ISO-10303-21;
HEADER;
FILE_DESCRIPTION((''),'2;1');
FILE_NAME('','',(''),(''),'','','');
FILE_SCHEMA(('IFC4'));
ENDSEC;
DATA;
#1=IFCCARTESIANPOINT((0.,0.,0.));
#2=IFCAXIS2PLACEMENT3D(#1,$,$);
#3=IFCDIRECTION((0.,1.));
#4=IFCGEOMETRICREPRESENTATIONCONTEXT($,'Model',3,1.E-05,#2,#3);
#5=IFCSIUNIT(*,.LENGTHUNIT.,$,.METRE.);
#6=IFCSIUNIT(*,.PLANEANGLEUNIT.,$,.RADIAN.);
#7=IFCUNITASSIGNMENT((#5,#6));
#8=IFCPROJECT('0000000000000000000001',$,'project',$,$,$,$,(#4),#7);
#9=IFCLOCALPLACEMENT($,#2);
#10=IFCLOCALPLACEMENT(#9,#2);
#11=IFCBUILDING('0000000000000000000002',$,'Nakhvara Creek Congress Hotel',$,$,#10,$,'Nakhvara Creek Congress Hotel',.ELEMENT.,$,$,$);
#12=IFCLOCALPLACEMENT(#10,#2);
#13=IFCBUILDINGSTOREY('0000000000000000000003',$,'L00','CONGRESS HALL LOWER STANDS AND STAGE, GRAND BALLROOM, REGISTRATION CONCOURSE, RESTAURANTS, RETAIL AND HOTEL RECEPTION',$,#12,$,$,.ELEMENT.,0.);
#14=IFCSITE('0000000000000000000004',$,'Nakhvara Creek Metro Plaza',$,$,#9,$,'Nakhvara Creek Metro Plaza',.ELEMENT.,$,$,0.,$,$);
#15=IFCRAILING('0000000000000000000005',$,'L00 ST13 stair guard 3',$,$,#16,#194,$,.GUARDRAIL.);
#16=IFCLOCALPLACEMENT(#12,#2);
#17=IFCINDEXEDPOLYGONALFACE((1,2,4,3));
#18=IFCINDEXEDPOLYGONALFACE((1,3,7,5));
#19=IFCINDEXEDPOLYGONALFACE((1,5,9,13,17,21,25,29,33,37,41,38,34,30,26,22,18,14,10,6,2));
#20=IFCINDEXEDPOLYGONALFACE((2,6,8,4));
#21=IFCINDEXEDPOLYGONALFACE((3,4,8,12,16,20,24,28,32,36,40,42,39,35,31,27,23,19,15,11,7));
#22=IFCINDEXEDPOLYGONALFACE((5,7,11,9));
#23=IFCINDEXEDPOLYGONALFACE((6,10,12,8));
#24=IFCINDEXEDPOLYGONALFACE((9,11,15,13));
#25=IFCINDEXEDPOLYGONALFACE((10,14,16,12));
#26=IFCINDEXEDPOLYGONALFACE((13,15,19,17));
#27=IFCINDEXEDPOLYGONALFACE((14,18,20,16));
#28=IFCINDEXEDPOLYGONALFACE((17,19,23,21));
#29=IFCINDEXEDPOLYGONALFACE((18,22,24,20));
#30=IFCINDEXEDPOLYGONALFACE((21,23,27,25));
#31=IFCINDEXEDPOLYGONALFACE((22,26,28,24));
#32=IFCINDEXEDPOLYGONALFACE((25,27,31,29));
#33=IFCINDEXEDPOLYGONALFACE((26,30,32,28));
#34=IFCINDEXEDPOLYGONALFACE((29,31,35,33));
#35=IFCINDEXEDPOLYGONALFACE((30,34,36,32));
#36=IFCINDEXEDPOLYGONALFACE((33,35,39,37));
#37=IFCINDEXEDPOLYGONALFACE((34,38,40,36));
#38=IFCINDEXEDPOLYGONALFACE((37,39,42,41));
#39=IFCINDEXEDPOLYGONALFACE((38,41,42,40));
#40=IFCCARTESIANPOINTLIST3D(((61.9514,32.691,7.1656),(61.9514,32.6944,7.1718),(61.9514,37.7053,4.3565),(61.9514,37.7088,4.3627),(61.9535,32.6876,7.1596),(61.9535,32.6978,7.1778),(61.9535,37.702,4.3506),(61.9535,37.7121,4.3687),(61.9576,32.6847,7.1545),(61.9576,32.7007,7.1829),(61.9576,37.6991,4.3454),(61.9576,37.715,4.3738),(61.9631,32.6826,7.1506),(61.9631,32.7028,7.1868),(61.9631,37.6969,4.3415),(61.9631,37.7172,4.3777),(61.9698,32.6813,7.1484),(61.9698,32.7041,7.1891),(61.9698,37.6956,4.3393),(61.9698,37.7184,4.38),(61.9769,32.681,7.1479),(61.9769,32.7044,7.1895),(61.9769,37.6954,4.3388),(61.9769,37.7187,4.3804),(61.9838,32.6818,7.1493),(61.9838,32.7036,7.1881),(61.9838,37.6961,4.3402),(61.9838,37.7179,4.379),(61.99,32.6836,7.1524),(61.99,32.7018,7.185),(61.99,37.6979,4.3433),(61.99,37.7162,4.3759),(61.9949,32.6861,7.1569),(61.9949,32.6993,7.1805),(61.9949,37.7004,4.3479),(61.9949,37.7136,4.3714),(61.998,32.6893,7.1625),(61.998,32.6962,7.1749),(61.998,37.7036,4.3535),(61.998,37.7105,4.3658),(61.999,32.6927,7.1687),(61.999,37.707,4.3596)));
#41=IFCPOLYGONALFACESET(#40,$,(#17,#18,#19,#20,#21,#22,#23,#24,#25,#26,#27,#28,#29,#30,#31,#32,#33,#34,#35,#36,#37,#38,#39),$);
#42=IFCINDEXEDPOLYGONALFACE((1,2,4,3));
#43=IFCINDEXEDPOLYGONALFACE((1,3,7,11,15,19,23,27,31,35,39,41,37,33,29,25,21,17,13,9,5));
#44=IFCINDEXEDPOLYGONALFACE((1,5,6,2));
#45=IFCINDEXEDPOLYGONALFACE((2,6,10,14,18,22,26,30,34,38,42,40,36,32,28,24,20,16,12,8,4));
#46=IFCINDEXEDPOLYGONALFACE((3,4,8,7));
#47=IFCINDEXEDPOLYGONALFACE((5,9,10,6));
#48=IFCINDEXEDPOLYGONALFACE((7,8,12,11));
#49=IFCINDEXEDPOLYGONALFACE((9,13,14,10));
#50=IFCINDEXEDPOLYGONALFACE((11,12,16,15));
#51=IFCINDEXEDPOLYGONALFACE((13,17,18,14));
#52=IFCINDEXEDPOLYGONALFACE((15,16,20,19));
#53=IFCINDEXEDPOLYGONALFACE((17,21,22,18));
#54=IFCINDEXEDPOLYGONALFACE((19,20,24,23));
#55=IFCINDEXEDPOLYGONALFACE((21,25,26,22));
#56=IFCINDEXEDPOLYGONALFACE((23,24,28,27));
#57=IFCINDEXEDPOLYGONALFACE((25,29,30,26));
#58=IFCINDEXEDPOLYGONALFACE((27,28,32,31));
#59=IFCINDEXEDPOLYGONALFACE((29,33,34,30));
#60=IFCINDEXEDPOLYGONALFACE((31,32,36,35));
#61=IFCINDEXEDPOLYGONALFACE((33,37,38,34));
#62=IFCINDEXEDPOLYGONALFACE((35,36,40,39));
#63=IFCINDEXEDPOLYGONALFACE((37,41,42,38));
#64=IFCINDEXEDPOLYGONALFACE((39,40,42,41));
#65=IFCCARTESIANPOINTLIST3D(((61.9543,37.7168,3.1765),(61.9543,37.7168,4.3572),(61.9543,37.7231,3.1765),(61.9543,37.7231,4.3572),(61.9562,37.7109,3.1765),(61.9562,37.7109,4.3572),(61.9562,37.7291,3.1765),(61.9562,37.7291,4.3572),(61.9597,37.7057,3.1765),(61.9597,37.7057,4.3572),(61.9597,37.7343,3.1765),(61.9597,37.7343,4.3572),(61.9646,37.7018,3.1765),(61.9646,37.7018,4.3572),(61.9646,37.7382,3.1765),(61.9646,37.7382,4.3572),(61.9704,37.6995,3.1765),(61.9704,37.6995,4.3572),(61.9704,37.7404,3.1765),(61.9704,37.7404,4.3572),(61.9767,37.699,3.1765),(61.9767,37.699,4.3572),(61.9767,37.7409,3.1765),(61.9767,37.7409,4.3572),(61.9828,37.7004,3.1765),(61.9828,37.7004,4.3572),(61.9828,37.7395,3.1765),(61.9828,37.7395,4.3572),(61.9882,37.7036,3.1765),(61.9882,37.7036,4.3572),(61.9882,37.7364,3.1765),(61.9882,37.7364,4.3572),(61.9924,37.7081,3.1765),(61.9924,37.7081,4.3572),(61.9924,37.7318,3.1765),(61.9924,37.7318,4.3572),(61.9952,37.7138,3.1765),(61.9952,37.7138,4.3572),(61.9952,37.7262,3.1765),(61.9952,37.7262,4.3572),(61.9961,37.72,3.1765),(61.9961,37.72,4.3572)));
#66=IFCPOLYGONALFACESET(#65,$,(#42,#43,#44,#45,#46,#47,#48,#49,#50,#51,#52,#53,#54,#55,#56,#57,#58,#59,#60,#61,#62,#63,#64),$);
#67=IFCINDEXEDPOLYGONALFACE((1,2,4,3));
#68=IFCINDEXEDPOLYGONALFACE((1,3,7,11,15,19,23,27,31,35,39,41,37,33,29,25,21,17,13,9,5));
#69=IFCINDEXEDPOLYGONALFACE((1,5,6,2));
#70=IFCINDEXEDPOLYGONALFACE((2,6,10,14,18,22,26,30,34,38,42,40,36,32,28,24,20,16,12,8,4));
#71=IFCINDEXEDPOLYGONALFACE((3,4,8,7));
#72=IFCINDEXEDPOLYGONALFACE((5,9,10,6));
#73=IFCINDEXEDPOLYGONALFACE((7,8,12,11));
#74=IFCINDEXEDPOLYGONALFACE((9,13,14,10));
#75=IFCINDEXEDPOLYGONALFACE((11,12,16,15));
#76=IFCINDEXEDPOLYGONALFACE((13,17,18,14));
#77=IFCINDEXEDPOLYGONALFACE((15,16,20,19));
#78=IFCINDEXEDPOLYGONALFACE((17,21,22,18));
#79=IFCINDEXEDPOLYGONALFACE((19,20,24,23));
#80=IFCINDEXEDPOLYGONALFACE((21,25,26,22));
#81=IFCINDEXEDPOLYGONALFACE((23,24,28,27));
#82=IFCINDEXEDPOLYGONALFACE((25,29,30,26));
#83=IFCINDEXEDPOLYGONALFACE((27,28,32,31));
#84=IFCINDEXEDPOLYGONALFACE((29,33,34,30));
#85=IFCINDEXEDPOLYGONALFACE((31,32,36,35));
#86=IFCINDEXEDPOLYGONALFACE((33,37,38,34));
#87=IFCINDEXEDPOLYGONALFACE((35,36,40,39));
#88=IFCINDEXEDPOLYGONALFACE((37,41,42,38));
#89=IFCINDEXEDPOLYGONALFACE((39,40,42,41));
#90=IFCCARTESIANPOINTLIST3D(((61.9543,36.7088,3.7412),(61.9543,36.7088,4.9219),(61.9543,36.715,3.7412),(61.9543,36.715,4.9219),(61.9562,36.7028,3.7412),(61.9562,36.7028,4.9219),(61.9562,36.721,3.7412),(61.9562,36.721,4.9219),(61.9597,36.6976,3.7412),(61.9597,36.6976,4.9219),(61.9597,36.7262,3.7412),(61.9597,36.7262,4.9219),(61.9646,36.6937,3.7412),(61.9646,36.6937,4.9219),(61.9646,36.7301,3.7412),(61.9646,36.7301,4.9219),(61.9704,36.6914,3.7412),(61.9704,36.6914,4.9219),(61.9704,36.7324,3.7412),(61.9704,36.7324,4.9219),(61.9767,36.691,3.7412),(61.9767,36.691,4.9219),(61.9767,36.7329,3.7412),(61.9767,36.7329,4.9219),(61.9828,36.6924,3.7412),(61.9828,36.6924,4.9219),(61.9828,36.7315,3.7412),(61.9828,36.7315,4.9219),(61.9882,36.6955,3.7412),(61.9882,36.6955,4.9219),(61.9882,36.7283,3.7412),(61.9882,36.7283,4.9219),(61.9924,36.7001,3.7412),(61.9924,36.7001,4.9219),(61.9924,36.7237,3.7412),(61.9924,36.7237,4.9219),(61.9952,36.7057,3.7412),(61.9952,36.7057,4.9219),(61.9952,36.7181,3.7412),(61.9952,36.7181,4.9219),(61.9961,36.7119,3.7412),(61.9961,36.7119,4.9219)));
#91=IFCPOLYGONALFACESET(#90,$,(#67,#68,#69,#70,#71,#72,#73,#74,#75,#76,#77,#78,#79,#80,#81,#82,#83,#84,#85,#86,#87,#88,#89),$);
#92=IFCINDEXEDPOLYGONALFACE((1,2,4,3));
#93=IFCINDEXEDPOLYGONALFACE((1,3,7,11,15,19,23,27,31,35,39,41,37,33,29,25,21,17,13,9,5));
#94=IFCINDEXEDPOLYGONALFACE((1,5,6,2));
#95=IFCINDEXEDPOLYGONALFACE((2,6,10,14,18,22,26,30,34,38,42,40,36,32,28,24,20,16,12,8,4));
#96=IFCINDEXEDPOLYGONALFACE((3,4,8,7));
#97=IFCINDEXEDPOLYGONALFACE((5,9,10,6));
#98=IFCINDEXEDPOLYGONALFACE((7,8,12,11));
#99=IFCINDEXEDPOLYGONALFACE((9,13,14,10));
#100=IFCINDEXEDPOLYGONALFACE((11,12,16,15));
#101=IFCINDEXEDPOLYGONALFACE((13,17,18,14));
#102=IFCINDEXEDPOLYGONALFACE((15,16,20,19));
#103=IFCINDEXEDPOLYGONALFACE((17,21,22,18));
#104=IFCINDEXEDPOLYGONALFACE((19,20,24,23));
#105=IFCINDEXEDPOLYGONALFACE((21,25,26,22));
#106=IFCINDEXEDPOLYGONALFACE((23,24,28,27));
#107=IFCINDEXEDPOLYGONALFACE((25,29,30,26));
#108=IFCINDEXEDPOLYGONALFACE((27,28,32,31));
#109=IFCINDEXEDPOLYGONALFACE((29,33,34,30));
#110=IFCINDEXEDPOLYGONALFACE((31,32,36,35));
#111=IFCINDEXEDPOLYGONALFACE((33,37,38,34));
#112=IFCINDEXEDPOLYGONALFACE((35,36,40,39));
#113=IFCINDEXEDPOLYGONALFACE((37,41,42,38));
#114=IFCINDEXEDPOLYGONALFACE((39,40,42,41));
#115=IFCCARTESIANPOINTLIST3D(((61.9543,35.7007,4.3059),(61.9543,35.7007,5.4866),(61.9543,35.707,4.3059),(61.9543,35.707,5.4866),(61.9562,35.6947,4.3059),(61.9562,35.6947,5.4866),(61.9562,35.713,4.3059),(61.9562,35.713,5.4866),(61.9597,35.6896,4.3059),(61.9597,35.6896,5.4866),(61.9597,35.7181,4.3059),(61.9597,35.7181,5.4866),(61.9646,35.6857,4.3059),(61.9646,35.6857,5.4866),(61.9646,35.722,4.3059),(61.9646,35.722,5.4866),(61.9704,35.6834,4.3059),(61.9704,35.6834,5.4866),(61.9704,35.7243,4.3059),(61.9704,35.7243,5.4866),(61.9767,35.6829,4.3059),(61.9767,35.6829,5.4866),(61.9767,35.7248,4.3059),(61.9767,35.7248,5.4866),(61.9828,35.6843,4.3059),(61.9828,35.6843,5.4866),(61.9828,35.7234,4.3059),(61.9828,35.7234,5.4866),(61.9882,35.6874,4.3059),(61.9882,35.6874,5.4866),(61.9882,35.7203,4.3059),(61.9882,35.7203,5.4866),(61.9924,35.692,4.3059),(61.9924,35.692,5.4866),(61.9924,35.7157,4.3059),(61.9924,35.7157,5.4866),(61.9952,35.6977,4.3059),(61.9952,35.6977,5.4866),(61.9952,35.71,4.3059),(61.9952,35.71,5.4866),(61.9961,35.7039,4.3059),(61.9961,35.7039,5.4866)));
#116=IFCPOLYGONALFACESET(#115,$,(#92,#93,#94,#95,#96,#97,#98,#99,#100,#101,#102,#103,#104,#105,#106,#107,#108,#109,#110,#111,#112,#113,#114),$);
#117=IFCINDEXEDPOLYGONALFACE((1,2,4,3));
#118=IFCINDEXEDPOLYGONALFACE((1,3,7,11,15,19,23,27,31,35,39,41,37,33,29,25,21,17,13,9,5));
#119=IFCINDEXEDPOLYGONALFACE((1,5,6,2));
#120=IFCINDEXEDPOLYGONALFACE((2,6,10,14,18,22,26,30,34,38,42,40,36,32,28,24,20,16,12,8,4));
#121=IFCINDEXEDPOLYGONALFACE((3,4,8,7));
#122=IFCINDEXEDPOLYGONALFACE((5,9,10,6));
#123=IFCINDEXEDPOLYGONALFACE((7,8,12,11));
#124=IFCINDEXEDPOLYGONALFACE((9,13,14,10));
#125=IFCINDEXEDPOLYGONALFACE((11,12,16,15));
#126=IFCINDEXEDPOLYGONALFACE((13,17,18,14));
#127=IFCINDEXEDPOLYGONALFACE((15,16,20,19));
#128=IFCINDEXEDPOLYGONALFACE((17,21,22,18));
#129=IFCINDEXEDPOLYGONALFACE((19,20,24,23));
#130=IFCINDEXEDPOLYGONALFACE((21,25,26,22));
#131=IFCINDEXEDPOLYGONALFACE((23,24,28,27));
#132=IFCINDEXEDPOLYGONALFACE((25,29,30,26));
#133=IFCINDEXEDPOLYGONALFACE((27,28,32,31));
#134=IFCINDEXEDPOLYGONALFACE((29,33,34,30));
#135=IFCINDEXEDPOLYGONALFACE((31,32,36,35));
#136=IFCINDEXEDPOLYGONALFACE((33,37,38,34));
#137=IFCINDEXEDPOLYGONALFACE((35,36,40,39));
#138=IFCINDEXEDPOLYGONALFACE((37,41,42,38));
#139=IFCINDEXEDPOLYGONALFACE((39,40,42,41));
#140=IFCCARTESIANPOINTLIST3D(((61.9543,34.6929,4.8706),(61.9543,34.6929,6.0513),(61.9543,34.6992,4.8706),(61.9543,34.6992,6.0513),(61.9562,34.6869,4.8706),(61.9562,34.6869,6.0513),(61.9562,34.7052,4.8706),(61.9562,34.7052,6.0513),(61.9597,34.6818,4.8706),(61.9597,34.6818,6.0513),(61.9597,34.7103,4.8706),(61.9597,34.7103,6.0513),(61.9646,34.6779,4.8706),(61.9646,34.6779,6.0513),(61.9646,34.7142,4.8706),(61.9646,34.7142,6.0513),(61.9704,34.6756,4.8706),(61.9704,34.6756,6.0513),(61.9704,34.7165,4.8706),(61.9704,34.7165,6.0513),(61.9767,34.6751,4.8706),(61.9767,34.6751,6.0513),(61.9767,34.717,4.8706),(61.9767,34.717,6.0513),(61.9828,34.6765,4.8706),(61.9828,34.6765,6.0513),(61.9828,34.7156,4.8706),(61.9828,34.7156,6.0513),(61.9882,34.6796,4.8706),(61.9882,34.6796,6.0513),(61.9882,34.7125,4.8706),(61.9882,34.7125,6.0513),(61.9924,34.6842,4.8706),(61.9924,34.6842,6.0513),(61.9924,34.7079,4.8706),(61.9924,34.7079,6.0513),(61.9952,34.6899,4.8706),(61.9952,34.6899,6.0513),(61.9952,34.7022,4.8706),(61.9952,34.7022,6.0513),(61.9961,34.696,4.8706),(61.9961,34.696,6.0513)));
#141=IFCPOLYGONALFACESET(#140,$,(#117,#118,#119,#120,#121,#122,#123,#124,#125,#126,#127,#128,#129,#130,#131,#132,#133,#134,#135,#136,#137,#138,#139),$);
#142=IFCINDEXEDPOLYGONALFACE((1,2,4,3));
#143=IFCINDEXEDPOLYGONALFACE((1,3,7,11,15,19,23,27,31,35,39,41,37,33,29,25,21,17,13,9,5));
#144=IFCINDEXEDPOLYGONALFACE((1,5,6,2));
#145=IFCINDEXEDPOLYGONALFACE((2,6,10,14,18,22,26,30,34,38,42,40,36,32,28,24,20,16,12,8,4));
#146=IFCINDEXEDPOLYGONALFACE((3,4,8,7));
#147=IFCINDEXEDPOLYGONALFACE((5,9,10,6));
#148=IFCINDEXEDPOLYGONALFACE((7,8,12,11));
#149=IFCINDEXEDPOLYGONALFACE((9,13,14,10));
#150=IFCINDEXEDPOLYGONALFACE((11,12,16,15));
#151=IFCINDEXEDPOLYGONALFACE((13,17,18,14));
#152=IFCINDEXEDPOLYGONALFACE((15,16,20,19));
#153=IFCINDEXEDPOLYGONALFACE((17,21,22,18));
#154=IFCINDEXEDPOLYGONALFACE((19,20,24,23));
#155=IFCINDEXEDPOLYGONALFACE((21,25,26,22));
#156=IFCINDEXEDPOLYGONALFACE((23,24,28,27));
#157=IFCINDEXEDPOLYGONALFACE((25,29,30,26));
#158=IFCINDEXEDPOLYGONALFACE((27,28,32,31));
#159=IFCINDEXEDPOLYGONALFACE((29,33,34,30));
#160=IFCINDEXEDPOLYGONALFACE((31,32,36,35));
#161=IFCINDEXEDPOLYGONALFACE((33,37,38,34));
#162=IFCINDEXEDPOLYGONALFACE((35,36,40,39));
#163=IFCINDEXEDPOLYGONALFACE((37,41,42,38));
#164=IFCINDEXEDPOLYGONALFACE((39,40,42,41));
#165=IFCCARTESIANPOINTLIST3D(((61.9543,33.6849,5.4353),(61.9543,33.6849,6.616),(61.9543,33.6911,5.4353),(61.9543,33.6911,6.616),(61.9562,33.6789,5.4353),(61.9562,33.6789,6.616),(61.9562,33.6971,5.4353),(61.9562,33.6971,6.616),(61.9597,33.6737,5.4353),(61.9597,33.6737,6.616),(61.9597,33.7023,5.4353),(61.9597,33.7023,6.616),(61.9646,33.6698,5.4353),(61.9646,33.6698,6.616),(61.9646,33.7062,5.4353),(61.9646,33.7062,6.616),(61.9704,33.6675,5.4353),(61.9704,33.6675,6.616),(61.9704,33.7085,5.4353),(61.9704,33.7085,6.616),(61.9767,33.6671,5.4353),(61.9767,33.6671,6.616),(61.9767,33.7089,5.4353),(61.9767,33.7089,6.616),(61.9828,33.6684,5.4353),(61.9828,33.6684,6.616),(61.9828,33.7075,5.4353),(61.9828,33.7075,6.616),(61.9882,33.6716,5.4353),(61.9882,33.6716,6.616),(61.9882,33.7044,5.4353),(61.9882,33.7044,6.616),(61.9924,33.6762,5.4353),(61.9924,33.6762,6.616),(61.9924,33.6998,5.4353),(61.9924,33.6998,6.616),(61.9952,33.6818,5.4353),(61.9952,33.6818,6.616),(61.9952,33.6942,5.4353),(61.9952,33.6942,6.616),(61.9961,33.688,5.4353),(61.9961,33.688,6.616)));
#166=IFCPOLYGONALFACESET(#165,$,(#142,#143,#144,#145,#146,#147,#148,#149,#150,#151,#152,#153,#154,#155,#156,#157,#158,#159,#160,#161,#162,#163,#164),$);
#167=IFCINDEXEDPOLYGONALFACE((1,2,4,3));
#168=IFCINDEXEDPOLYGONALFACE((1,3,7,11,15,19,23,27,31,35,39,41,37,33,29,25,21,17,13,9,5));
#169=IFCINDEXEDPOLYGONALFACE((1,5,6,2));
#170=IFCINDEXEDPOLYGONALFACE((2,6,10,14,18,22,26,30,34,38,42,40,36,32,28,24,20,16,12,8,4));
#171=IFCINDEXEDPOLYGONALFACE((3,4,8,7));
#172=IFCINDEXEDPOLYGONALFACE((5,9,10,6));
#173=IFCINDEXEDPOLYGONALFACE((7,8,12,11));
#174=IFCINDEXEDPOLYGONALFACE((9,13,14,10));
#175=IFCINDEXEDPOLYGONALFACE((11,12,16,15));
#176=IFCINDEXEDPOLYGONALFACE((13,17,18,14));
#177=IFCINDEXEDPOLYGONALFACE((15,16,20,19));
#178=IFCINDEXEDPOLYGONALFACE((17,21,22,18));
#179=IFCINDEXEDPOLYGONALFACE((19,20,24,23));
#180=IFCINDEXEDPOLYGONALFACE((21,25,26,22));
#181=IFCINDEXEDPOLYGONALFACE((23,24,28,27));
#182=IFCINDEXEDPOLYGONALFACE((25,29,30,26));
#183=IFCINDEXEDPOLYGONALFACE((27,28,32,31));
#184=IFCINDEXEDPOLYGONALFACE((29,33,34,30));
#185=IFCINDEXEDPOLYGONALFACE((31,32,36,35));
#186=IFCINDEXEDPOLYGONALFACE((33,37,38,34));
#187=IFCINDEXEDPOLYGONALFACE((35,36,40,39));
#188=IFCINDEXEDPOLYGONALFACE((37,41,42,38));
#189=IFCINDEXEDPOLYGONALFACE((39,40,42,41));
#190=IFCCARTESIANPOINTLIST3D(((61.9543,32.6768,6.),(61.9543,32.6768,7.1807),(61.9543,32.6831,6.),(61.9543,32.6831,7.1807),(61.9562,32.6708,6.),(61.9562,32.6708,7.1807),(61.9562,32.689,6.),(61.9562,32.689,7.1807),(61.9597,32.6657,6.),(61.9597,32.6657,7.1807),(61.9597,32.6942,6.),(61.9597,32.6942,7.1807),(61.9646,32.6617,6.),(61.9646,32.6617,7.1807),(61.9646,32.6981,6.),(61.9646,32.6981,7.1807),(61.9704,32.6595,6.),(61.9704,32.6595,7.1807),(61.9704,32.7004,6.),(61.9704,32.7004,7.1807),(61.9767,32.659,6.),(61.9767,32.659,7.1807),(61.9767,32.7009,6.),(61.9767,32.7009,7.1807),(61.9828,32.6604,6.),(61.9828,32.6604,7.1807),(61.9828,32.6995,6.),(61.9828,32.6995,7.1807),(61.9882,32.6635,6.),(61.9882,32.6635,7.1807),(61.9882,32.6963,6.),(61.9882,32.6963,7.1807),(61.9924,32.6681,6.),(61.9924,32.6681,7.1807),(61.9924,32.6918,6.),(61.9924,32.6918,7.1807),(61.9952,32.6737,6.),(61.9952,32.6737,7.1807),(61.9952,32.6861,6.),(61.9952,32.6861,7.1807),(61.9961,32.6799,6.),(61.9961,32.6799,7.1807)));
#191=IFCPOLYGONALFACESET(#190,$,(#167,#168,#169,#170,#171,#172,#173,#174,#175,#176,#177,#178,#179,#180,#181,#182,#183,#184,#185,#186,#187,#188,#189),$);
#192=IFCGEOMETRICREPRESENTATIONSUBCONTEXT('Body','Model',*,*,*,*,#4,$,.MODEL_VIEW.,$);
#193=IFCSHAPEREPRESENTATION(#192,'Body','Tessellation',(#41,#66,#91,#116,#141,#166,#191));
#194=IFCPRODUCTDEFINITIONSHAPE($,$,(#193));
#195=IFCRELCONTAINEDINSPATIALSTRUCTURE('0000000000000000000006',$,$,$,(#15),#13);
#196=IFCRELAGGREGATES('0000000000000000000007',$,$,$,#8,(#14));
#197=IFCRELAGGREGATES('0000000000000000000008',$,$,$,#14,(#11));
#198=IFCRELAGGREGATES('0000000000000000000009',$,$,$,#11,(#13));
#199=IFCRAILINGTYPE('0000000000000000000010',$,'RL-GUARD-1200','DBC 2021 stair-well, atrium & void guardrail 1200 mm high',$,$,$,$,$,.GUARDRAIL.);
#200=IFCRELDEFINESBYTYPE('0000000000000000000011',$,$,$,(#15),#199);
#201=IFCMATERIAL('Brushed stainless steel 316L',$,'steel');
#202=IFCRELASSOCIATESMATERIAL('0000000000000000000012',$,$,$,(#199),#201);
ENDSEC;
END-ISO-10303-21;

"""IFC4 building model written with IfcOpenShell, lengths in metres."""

from ifc_helpers import new_model, si_unit, direction, frame, origin, origin_2d, place, context, subcontext, project, spatial, circle, extrude, material, type_object, element, save


model = new_model("IFC4")

# Units and contexts
model_context = context("Model", 3, precision=1e-05, world=origin(), true_north=direction((0.0, 1.0)))
body_context = subcontext(model_context, "Body", "Model", "MODEL_VIEW")
ifc_project = project(units=[si_unit("LENGTHUNIT", "METRE"), si_unit("PLANEANGLEUNIT", "RADIAN")], contexts=[model_context])

# Site, building, storey
site_placement = place(None, origin())
site = spatial("IfcSite", under=ifc_project, at=site_placement, Name="Nakhvara Creek Metro Plaza", LongName="Nakhvara Creek Metro Plaza", CompositionType="ELEMENT", RefElevation=0.0)
building_placement = place(site_placement, origin())
building = spatial("IfcBuilding", under=site, at=building_placement, Name="Nakhvara Creek Congress Hotel", LongName="Nakhvara Creek Congress Hotel", CompositionType="ELEMENT")
storey_placement = place(building_placement, origin())
storey = spatial("IfcBuildingStorey", under=building, at=storey_placement, Name="L00", Description="CONGRESS HALL LOWER STANDS AND STAGE, GRAND BALLROOM, REGISTRATION CONCOURSE, RESTAURANTS, RETAIL AND HOTEL RECEPTION", CompositionType="ELEMENT", Elevation=0.0)

# Railing
ifc_material_1 = material(Name="Brushed stainless steel 316L", Category="steel")
railing_type_1 = type_object("IfcRailingType", Name="RL-GUARD-1200", Description="DBC 2021 stair-well, atrium & void guardrail 1200 mm high", PredefinedType="GUARDRAIL", material=ifc_material_1)
railing_1_placement = place(storey_placement, frame((61.9751, 37.72, 3.1765)))
element("IfcRailing", 1, at=railing_1_placement, inside=storey, type_object=railing_type_1, Name="L00 ST13 stair guard 3", PredefinedType="GUARDRAIL", context=body_context, shape_type="SweptSolid", body=[
    extrude(circle(Radius=0.0239, at=origin_2d()), frame((0.0, -0.0129, 1.1831), z_axis=(0.0, -0.872427, 0.488744), x_axis=(1.0, 0.0, 0.0)), (0.0, 0.0, 1.0), 5.7476),
    extrude(circle(Radius=0.021, at=origin_2d()), origin(), (0.0, 0.0, 1.0), 1.1807),
    extrude(circle(Radius=0.021, at=origin_2d()), frame((0.0, -1.0081, 0.5647)), (0.0, 0.0, 1.0), 1.1807),
    extrude(circle(Radius=0.021, at=origin_2d()), frame((0.0, -2.0161, 1.1294)), (0.0, 0.0, 1.0), 1.1807),
    extrude(circle(Radius=0.021, at=origin_2d()), frame((0.0, -3.0239, 1.6941)), (0.0, 0.0, 1.0), 1.1807),
    extrude(circle(Radius=0.021, at=origin_2d()), frame((0.0, -4.032, 2.2588)), (0.0, 0.0, 1.0), 1.1807),
    extrude(circle(Radius=0.021, at=origin_2d()), frame((0.0, -5.04, 2.8235)), (0.0, 0.0, 1.0), 1.1807),
])

save(model, "model.ifc")
